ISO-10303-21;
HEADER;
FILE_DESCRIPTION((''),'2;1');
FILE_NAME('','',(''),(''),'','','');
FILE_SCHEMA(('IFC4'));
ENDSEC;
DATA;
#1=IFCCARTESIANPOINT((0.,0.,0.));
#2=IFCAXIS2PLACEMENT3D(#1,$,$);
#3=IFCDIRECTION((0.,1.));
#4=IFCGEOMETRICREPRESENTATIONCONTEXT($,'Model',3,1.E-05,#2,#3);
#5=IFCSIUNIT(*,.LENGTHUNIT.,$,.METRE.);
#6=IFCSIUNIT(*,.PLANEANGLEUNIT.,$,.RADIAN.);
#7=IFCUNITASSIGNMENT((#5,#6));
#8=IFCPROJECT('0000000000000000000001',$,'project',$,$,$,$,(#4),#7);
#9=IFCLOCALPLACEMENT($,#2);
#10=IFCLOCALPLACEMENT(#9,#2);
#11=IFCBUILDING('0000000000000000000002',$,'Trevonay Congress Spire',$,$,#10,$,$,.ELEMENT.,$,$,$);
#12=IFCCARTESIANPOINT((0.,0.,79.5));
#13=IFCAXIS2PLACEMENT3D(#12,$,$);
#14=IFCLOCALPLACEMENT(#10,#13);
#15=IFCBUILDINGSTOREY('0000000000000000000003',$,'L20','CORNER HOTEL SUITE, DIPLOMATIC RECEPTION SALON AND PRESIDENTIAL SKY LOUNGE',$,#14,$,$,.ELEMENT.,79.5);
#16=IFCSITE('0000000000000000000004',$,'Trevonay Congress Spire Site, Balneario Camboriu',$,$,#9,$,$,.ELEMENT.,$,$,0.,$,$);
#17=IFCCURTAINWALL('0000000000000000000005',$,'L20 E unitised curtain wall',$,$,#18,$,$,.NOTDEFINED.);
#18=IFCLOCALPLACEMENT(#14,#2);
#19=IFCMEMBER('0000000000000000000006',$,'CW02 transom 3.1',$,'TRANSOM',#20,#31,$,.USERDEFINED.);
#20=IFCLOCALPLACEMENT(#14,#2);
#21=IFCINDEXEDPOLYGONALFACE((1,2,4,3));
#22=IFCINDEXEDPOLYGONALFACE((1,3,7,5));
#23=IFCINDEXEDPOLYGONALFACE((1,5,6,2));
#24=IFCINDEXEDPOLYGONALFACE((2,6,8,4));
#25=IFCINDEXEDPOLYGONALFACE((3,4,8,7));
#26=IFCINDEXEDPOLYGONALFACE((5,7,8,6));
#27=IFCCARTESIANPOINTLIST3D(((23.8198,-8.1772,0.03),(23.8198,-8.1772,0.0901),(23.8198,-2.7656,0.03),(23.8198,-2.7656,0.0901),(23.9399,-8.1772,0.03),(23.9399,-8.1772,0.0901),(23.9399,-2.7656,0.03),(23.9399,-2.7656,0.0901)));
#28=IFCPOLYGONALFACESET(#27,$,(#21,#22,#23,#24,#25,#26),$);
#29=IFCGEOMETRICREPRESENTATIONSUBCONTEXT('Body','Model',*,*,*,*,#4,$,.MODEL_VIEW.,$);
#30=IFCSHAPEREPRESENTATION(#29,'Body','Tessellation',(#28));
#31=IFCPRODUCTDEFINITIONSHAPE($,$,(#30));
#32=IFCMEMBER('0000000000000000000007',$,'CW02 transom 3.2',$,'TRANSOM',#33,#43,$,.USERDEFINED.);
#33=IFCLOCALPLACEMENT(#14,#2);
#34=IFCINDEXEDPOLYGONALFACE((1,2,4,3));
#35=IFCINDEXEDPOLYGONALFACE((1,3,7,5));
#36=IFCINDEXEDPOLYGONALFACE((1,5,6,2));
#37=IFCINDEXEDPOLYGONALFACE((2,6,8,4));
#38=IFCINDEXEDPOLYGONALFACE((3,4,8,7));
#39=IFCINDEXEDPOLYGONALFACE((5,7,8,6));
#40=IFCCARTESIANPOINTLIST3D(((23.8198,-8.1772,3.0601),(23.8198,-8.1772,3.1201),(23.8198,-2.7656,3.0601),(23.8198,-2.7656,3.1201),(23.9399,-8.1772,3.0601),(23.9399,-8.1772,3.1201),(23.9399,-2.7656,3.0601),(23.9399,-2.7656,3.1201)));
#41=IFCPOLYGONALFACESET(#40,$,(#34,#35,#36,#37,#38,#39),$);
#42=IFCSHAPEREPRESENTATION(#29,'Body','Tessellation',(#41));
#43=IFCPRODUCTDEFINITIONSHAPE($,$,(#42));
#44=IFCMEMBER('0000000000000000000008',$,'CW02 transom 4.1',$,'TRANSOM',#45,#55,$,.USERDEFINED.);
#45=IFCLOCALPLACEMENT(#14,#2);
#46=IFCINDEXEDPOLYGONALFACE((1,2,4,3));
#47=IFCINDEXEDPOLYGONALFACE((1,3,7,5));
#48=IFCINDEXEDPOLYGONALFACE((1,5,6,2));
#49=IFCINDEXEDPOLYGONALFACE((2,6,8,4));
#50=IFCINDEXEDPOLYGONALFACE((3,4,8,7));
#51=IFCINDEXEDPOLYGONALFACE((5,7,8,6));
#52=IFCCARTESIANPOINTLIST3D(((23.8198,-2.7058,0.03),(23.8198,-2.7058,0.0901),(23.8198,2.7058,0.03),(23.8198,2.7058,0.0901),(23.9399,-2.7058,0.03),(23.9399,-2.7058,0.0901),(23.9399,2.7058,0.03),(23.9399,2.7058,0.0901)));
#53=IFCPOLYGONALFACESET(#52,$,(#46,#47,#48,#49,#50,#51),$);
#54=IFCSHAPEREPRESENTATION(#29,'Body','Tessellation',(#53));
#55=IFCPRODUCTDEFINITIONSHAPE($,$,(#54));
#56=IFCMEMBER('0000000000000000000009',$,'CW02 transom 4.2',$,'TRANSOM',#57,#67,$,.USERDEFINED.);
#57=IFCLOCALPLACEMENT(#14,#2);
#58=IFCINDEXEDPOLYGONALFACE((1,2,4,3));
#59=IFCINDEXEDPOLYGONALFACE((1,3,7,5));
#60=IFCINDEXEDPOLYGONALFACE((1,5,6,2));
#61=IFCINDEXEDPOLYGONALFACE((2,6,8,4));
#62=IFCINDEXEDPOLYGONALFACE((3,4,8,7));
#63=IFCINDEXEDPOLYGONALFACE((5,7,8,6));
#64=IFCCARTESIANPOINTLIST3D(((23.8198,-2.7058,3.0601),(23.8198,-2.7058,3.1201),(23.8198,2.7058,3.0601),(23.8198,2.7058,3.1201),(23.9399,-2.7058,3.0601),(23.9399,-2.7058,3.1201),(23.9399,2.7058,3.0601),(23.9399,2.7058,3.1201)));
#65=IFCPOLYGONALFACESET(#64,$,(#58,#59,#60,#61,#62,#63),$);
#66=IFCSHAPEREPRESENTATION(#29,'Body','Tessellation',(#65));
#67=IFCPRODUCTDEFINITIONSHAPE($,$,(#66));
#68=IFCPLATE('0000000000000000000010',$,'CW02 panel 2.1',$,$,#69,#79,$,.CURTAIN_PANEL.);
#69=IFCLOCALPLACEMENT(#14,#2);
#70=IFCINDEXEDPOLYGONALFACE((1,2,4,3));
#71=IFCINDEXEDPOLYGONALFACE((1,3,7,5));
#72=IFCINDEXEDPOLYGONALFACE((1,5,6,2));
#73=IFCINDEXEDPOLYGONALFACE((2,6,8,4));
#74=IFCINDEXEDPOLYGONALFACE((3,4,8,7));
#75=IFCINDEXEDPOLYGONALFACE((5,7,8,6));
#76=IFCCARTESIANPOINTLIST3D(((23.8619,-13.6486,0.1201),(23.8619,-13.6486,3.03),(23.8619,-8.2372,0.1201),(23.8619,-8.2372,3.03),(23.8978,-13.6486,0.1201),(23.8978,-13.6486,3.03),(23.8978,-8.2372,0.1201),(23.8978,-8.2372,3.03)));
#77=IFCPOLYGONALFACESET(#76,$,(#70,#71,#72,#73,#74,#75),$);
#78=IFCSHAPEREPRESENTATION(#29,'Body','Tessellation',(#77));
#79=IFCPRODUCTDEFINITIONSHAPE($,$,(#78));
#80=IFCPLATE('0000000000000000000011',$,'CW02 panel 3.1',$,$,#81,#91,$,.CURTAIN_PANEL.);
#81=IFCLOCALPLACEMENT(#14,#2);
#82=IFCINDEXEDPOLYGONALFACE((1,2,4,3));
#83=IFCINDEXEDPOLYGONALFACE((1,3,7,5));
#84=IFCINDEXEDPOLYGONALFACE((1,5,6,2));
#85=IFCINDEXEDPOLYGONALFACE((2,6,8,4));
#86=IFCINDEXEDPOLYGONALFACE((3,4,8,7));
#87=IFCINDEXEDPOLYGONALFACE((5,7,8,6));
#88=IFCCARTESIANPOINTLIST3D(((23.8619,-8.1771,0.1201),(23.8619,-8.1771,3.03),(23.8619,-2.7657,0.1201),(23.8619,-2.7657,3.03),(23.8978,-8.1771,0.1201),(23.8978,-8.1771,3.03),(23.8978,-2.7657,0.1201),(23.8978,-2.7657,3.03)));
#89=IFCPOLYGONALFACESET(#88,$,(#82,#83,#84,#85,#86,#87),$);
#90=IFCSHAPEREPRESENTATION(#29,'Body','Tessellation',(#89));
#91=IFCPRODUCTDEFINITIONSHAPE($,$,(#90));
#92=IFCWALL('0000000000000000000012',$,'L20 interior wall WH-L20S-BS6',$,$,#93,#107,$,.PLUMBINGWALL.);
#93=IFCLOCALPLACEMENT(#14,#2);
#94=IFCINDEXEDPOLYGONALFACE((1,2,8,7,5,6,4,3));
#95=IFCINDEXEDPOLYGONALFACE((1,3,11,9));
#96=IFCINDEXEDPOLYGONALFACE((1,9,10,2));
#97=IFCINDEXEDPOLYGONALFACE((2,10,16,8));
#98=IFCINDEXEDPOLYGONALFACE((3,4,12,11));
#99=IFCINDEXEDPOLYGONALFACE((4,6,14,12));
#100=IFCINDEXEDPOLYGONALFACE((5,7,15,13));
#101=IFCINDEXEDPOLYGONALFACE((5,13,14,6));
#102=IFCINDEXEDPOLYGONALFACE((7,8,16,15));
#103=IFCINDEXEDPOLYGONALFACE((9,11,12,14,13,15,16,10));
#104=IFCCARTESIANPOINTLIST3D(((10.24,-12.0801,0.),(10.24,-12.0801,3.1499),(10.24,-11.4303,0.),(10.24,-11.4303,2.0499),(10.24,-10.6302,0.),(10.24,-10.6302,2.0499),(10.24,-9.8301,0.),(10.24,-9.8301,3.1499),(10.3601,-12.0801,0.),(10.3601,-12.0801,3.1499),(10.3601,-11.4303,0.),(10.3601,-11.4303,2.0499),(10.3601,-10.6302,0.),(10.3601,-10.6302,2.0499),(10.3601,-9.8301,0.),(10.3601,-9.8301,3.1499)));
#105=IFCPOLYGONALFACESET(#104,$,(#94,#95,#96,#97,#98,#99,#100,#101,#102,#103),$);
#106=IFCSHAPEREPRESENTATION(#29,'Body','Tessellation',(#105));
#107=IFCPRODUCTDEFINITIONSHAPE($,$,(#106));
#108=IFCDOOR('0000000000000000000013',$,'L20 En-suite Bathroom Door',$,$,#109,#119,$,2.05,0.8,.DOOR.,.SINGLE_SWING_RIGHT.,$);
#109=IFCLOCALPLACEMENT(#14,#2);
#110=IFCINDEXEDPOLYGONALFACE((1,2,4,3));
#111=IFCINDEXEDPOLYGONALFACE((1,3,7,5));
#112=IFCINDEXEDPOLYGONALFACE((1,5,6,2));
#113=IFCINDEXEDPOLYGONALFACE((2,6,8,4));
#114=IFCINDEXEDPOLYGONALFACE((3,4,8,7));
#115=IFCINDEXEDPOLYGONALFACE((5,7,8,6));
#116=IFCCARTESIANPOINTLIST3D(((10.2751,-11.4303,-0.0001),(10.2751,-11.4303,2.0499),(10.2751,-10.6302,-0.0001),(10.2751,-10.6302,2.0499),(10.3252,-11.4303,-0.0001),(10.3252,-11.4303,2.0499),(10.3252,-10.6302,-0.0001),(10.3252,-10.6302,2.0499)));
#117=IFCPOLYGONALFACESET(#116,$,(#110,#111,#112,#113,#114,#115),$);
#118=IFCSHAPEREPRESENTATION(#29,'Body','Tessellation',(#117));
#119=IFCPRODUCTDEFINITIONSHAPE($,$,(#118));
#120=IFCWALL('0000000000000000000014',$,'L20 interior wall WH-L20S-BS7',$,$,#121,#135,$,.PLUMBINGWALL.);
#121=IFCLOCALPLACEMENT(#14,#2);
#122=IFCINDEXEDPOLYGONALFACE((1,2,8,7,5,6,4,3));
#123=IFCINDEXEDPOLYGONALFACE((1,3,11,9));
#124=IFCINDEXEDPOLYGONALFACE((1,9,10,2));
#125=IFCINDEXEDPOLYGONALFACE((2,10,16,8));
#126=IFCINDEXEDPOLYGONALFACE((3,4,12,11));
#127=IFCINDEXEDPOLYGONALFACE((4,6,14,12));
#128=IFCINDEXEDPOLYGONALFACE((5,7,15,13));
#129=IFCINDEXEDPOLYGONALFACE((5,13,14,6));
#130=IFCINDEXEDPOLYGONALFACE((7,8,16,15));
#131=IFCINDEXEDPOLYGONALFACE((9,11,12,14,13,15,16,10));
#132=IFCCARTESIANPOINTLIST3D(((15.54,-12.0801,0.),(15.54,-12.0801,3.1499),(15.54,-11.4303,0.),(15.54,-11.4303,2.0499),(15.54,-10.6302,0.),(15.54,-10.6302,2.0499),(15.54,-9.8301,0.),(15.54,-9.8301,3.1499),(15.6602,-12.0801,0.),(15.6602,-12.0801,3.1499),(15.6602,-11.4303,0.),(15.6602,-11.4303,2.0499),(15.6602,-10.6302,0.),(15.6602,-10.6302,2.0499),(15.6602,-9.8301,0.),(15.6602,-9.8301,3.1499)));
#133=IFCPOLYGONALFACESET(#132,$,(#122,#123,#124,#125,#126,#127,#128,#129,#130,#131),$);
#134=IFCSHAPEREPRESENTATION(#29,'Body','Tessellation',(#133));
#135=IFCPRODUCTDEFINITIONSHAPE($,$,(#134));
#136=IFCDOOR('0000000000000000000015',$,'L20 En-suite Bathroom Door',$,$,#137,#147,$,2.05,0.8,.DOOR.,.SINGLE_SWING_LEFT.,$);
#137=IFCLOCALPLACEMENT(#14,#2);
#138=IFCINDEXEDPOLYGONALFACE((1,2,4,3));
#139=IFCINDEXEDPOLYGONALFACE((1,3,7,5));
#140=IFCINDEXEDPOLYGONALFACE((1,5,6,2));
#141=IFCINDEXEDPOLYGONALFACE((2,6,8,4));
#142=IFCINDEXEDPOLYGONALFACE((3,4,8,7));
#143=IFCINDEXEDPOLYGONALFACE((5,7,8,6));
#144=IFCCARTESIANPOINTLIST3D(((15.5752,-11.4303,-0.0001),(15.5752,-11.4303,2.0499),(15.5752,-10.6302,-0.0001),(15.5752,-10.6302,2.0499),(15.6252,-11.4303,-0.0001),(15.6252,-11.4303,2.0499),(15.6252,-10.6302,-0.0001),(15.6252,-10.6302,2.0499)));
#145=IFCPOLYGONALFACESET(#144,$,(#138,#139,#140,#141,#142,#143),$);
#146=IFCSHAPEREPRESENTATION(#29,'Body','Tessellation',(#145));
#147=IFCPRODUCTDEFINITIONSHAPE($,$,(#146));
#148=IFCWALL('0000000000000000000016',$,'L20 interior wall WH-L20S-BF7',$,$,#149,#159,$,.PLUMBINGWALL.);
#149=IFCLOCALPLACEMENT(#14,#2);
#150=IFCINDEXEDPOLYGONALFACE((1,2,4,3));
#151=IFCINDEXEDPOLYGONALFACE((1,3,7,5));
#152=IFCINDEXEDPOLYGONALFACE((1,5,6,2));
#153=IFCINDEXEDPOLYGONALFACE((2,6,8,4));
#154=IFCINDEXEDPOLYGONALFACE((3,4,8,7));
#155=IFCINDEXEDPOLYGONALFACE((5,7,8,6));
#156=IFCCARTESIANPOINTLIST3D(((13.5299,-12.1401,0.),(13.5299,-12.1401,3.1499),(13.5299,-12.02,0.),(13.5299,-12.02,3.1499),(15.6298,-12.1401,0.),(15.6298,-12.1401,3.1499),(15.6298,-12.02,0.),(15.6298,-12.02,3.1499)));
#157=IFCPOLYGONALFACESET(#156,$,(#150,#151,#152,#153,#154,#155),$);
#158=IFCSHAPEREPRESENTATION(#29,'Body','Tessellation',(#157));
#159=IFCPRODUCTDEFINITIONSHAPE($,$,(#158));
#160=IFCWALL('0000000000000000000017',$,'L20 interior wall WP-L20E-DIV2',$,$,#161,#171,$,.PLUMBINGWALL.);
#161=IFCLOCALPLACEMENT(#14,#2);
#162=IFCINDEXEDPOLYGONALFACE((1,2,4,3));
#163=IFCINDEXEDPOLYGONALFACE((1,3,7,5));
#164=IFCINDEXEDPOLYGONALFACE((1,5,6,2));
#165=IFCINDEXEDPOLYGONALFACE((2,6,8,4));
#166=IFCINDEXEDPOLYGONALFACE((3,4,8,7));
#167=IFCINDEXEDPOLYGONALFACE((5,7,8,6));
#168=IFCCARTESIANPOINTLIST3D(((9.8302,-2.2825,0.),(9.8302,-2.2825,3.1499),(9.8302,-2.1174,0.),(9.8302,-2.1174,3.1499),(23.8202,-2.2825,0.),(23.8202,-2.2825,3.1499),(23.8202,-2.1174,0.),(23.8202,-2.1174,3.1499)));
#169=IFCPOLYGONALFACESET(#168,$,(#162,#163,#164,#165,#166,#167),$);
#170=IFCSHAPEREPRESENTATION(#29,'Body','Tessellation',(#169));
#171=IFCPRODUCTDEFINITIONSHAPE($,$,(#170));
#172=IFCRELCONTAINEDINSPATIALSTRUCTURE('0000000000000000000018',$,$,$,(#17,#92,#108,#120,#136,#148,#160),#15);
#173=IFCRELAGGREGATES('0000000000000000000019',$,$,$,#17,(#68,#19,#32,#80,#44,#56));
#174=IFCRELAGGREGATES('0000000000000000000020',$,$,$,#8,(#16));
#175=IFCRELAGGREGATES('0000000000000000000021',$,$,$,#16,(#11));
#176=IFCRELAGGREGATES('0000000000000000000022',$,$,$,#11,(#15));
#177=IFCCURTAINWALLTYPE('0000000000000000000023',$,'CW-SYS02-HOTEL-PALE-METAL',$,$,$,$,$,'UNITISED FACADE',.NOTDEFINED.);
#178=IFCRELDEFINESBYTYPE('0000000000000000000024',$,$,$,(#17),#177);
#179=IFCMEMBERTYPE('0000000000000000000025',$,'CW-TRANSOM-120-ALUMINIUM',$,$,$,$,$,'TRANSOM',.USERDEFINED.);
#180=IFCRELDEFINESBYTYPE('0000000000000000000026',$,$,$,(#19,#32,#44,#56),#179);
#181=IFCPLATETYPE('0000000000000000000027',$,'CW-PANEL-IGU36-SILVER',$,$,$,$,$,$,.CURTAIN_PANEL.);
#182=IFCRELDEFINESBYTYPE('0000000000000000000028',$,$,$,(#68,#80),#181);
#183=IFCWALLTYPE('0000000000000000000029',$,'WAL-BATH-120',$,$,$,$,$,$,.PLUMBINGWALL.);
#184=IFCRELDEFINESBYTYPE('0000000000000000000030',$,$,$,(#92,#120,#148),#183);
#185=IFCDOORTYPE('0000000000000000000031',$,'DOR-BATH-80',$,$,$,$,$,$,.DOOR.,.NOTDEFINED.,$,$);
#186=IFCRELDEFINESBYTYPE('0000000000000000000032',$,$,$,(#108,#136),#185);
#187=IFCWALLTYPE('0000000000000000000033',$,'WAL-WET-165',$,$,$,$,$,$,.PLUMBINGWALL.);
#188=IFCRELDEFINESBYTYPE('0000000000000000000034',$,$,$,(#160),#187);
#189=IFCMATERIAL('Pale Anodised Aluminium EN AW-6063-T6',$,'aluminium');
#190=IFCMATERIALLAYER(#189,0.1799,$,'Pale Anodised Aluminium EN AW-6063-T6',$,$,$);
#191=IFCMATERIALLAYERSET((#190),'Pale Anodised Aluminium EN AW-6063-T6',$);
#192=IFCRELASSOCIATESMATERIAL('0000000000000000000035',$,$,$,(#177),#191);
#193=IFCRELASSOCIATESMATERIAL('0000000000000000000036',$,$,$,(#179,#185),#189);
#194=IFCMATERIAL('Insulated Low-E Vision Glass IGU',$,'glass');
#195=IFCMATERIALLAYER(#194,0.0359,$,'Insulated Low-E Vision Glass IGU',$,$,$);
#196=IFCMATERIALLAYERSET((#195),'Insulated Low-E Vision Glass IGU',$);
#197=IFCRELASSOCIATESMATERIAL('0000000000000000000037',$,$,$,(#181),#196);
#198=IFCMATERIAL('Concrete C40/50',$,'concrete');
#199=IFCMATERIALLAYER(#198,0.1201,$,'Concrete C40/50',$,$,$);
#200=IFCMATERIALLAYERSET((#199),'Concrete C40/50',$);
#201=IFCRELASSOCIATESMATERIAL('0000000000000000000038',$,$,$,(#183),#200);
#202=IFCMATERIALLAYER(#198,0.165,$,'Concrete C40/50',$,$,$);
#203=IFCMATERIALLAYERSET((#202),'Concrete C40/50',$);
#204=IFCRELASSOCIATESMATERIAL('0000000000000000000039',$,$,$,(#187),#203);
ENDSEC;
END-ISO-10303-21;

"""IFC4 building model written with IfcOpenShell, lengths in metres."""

from ifc_helpers import new_model, si_unit, direction, frame, frame_2d, origin, origin_2d, place, context, subcontext, project, spatial, rectangle, extrude, material, layer, layer_set, material_profile, profile_set, type_object, element, fill, aggregate, save


model = new_model("IFC4")

# Units and contexts
model_context = context("Model", 3, precision=1e-05, world=origin(), true_north=direction((0.0, 1.0)))
body_context = subcontext(model_context, "Body", "Model", "MODEL_VIEW")
ifc_project = project(units=[si_unit("LENGTHUNIT", "METRE"), si_unit("PLANEANGLEUNIT", "RADIAN")], contexts=[model_context])

# Site, building, storey
site_placement = place(None, origin())
site = spatial("IfcSite", under=ifc_project, at=site_placement, Name="Trevonay Congress Spire Site, Balneario Camboriu", CompositionType="ELEMENT", RefElevation=0.0)
building_placement = place(site_placement, origin())
building = spatial("IfcBuilding", under=site, at=building_placement, Name="Trevonay Congress Spire", CompositionType="ELEMENT")
storey_placement = place(building_placement, frame((0.0, 0.0, 79.5)))
storey = spatial("IfcBuildingStorey", under=building, at=storey_placement, Name="L20", Description="CORNER HOTEL SUITE, DIPLOMATIC RECEPTION SALON AND PRESIDENTIAL SKY LOUNGE", CompositionType="ELEMENT", Elevation=79.5)

# Curtain wall, members, plates
ifc_material_1 = material(Name="Pale Anodised Aluminium EN AW-6063-T6", Category="aluminium")
ifc_layer_1 = layer(ifc_material_1, 0.1799, Name="Pale Anodised Aluminium EN AW-6063-T6")
ifc_layer_set_1 = layer_set([ifc_layer_1], Name="Pale Anodised Aluminium EN AW-6063-T6")
curtain_wall_type = type_object("IfcCurtainWallType", Name="CW-SYS02-HOTEL-PALE-METAL", ElementType="UNITISED FACADE", PredefinedType="NOTDEFINED", material=ifc_layer_set_1)
curtain_wall_placement = place(storey_placement, origin())
curtain_wall = element("IfcCurtainWall", 1, at=curtain_wall_placement, inside=storey, type_object=curtain_wall_type, Name="L20 E unitised curtain wall", PredefinedType="NOTDEFINED")
ifc_material_profile_1 = material_profile(ifc_material_1, rectangle(XDim=0.1201, YDim=0.0601, at=origin_2d()), Name="CW-TRANSOM-120-ALUMINIUM")
ifc_profile_set_1 = profile_set([ifc_material_profile_1], Name="Pale Anodised Aluminium EN AW-6063-T6")
member_type_1 = type_object("IfcMemberType", Name="CW-TRANSOM-120-ALUMINIUM", ElementType="TRANSOM", PredefinedType="USERDEFINED", material=ifc_profile_set_1)
member_1_placement = place(storey_placement, frame((23.8799, -8.1772, 0.0601), z_axis=(0.0, 1.0, 0.0), x_axis=(-1.0, 0.0, 0.0)))
member_1 = element("IfcMember", 2, at=member_1_placement, type_object=member_type_1, Name="CW02 transom 3.1", ObjectType="TRANSOM", PredefinedType="USERDEFINED", context=body_context, shape_type="SweptSolid", body=[
    extrude(rectangle(XDim=0.1201, YDim=0.0601, at=origin_2d()), origin(), (0.0, 0.0, 1.0), 5.4116),
])
member_2_placement = place(storey_placement, frame((23.8799, -8.1772, 3.0901), z_axis=(0.0, 1.0, 0.0), x_axis=(-1.0, 0.0, 0.0)))
member_2 = element("IfcMember", 3, at=member_2_placement, type_object=member_type_1, Name="CW02 transom 3.2", ObjectType="TRANSOM", PredefinedType="USERDEFINED", context=body_context, shape_type="SweptSolid", body=[
    extrude(rectangle(XDim=0.1201, YDim=0.0601, at=origin_2d()), origin(), (0.0, 0.0, 1.0), 5.4116),
])
member_3_placement = place(storey_placement, frame((23.8799, -2.7058, 0.0601), z_axis=(0.0, 1.0, 0.0), x_axis=(-1.0, 0.0, 0.0)))
member_3 = element("IfcMember", 4, at=member_3_placement, type_object=member_type_1, Name="CW02 transom 4.1", ObjectType="TRANSOM", PredefinedType="USERDEFINED", context=body_context, shape_type="SweptSolid", body=[
    extrude(rectangle(XDim=0.1201, YDim=0.0601, at=origin_2d()), origin(), (0.0, 0.0, 1.0), 5.4116),
])
member_4_placement = place(storey_placement, frame((23.8799, -2.7058, 3.0901), z_axis=(0.0, 1.0, 0.0), x_axis=(-1.0, 0.0, 0.0)))
member_4 = element("IfcMember", 5, at=member_4_placement, type_object=member_type_1, Name="CW02 transom 4.2", ObjectType="TRANSOM", PredefinedType="USERDEFINED", context=body_context, shape_type="SweptSolid", body=[
    extrude(rectangle(XDim=0.1201, YDim=0.0601, at=origin_2d()), origin(), (0.0, 0.0, 1.0), 5.4116),
])
ifc_material_2 = material(Name="Insulated Low-E Vision Glass IGU", Category="glass")
ifc_layer_2 = layer(ifc_material_2, 0.0359, Name="Insulated Low-E Vision Glass IGU")
ifc_layer_set_2 = layer_set([ifc_layer_2], Name="Insulated Low-E Vision Glass IGU")
plate_type = type_object("IfcPlateType", Name="CW-PANEL-IGU36-SILVER", PredefinedType="CURTAIN_PANEL", material=ifc_layer_set_2)
plate_1_placement = place(storey_placement, frame((23.8799, -10.9429, 0.1201), z_axis=(0.0, 0.0, 1.0), x_axis=(0.0, 1.0, 0.0)))
plate_1 = element("IfcPlate", 6, at=plate_1_placement, type_object=plate_type, Name="CW02 panel 2.1", PredefinedType="CURTAIN_PANEL", context=body_context, shape_type="SweptSolid", body=[
    extrude(rectangle(XDim=5.4114, YDim=0.0359, at=origin_2d()), origin(), (0.0, 0.0, 1.0), 2.9099),
])
plate_2_placement = place(storey_placement, frame((23.8799, -5.4714, 0.1201), z_axis=(0.0, 0.0, 1.0), x_axis=(0.0, 1.0, 0.0)))
plate_2 = element("IfcPlate", 7, at=plate_2_placement, type_object=plate_type, Name="CW02 panel 3.1", PredefinedType="CURTAIN_PANEL", context=body_context, shape_type="SweptSolid", body=[
    extrude(rectangle(XDim=5.4114, YDim=0.0359, at=origin_2d()), origin(), (0.0, 0.0, 1.0), 2.9099),
])
aggregate(curtain_wall, [plate_1, member_1, member_2, plate_2, member_3, member_4])

# Walls, openings, doors
ifc_material_3 = material(Name="Concrete C40/50", Category="concrete")
ifc_layer_3 = layer(ifc_material_3, 0.1201, Name="Concrete C40/50")
ifc_layer_set_3 = layer_set([ifc_layer_3], Name="Concrete C40/50")
wall_type_1 = type_object("IfcWallType", Name="WAL-BATH-120", PredefinedType="PLUMBINGWALL", material=ifc_layer_set_3)
wall_1_placement = place(storey_placement, frame((10.3, -12.0801, 0.0), z_axis=(0.0, 0.0, 1.0), x_axis=(0.0, 1.0, 0.0)))
wall_1 = element("IfcWall", 8, at=wall_1_placement, inside=storey, type_object=wall_type_1, Name="L20 interior wall WH-L20S-BS6", PredefinedType="PLUMBINGWALL", context=body_context, shape_type="SweptSolid", body=[
    extrude(rectangle(XDim=2.25, YDim=0.1201, at=frame_2d((1.125, 0.0))), origin(), (0.0, 0.0, 1.0), 3.1499),
])
opening_1_placement = place(wall_1_placement, frame((0.6499, 0.0, 0.0)))
opening_1 = element("IfcOpeningElement", 9, at=opening_1_placement, cuts=wall_1, PredefinedType="OPENING", context=body_context, shape_type="SweptSolid", body=[
    extrude(rectangle(XDim=0.8, YDim=2.05, at=frame_2d((0.3999, 1.0249))), frame((0.0, 0.0701, 0.0), z_axis=(0.0, -1.0, 0.0), x_axis=(1.0, 0.0, 0.0)), (0.0, 0.0, 1.0), 0.1401),
])
door_type = type_object("IfcDoorType", Name="DOR-BATH-80", OperationType="NOTDEFINED", PredefinedType="DOOR", material=ifc_material_1)
door_1_placement = place(opening_1_placement, origin())
door_1 = element("IfcDoor", 10, at=door_1_placement, inside=storey, type_object=door_type, Name="L20 En-suite Bathroom Door", OperationType="SINGLE_SWING_RIGHT", OverallHeight=2.05, OverallWidth=0.8, PredefinedType="DOOR", context=body_context, shape_type="SweptSolid", body=[
    extrude(rectangle(XDim=0.8, YDim=2.05, at=frame_2d((0.3999, 1.0249))), frame((0.0, 0.0249, 0.0), z_axis=(0.0, -1.0, 0.0), x_axis=(1.0, 0.0, 0.0)), (0.0, 0.0, 1.0), 0.05),
])
fill(opening_1, door_1)
wall_2_placement = place(storey_placement, frame((15.6001, -12.0801, 0.0), z_axis=(0.0, 0.0, 1.0), x_axis=(0.0, 1.0, 0.0)))
wall_2 = element("IfcWall", 11, at=wall_2_placement, inside=storey, type_object=wall_type_1, Name="L20 interior wall WH-L20S-BS7", PredefinedType="PLUMBINGWALL", context=body_context, shape_type="SweptSolid", body=[
    extrude(rectangle(XDim=2.25, YDim=0.1201, at=frame_2d((1.125, 0.0))), origin(), (0.0, 0.0, 1.0), 3.1499),
])
opening_2_placement = place(wall_2_placement, frame((0.6499, 0.0, 0.0)))
opening_2 = element("IfcOpeningElement", 12, at=opening_2_placement, cuts=wall_2, PredefinedType="OPENING", context=body_context, shape_type="SweptSolid", body=[
    extrude(rectangle(XDim=0.8, YDim=2.05, at=frame_2d((0.3999, 1.0249))), frame((0.0, 0.0701, 0.0), z_axis=(0.0, -1.0, 0.0), x_axis=(1.0, 0.0, 0.0)), (0.0, 0.0, 1.0), 0.1401),
])
door_2_placement = place(opening_2_placement, origin())
door_2 = element("IfcDoor", 13, at=door_2_placement, inside=storey, type_object=door_type, Name="L20 En-suite Bathroom Door", OperationType="SINGLE_SWING_LEFT", OverallHeight=2.05, OverallWidth=0.8, PredefinedType="DOOR", context=body_context, shape_type="SweptSolid", body=[
    extrude(rectangle(XDim=0.8, YDim=2.05, at=frame_2d((0.3999, 1.0249))), frame((0.0, 0.0249, 0.0), z_axis=(0.0, -1.0, 0.0), x_axis=(1.0, 0.0, 0.0)), (0.0, 0.0, 1.0), 0.05),
])
fill(opening_2, door_2)

# Walls
wall_3_placement = place(storey_placement, frame((13.53, -12.0801, 0.0), z_axis=(0.0, 0.0, 1.0), x_axis=(1.0, 0.0, 0.0)))
element("IfcWall", 14, at=wall_3_placement, inside=storey, type_object=wall_type_1, Name="L20 interior wall WH-L20S-BF7", PredefinedType="PLUMBINGWALL", context=body_context, shape_type="SweptSolid", body=[
    extrude(rectangle(XDim=2.0999, YDim=0.1201, at=frame_2d((1.0498, 0.0))), origin(), (0.0, 0.0, 1.0), 3.1499),
])
ifc_layer_4 = layer(ifc_material_3, 0.165, Name="Concrete C40/50")
ifc_layer_set_4 = layer_set([ifc_layer_4], Name="Concrete C40/50")
wall_type_2 = type_object("IfcWallType", Name="WAL-WET-165", PredefinedType="PLUMBINGWALL", material=ifc_layer_set_4)
wall_4_placement = place(storey_placement, frame((9.8301, -2.2, 0.0), z_axis=(0.0, 0.0, 1.0), x_axis=(1.0, 0.0, 0.0)))
element("IfcWall", 15, at=wall_4_placement, inside=storey, type_object=wall_type_2, Name="L20 interior wall WP-L20E-DIV2", PredefinedType="PLUMBINGWALL", context=body_context, shape_type="SweptSolid", body=[
    extrude(rectangle(XDim=13.99, YDim=0.165, at=frame_2d((6.9951, 0.0))), origin(), (0.0, 0.0, 1.0), 3.1499),
])

save(model, "model.ifc")
